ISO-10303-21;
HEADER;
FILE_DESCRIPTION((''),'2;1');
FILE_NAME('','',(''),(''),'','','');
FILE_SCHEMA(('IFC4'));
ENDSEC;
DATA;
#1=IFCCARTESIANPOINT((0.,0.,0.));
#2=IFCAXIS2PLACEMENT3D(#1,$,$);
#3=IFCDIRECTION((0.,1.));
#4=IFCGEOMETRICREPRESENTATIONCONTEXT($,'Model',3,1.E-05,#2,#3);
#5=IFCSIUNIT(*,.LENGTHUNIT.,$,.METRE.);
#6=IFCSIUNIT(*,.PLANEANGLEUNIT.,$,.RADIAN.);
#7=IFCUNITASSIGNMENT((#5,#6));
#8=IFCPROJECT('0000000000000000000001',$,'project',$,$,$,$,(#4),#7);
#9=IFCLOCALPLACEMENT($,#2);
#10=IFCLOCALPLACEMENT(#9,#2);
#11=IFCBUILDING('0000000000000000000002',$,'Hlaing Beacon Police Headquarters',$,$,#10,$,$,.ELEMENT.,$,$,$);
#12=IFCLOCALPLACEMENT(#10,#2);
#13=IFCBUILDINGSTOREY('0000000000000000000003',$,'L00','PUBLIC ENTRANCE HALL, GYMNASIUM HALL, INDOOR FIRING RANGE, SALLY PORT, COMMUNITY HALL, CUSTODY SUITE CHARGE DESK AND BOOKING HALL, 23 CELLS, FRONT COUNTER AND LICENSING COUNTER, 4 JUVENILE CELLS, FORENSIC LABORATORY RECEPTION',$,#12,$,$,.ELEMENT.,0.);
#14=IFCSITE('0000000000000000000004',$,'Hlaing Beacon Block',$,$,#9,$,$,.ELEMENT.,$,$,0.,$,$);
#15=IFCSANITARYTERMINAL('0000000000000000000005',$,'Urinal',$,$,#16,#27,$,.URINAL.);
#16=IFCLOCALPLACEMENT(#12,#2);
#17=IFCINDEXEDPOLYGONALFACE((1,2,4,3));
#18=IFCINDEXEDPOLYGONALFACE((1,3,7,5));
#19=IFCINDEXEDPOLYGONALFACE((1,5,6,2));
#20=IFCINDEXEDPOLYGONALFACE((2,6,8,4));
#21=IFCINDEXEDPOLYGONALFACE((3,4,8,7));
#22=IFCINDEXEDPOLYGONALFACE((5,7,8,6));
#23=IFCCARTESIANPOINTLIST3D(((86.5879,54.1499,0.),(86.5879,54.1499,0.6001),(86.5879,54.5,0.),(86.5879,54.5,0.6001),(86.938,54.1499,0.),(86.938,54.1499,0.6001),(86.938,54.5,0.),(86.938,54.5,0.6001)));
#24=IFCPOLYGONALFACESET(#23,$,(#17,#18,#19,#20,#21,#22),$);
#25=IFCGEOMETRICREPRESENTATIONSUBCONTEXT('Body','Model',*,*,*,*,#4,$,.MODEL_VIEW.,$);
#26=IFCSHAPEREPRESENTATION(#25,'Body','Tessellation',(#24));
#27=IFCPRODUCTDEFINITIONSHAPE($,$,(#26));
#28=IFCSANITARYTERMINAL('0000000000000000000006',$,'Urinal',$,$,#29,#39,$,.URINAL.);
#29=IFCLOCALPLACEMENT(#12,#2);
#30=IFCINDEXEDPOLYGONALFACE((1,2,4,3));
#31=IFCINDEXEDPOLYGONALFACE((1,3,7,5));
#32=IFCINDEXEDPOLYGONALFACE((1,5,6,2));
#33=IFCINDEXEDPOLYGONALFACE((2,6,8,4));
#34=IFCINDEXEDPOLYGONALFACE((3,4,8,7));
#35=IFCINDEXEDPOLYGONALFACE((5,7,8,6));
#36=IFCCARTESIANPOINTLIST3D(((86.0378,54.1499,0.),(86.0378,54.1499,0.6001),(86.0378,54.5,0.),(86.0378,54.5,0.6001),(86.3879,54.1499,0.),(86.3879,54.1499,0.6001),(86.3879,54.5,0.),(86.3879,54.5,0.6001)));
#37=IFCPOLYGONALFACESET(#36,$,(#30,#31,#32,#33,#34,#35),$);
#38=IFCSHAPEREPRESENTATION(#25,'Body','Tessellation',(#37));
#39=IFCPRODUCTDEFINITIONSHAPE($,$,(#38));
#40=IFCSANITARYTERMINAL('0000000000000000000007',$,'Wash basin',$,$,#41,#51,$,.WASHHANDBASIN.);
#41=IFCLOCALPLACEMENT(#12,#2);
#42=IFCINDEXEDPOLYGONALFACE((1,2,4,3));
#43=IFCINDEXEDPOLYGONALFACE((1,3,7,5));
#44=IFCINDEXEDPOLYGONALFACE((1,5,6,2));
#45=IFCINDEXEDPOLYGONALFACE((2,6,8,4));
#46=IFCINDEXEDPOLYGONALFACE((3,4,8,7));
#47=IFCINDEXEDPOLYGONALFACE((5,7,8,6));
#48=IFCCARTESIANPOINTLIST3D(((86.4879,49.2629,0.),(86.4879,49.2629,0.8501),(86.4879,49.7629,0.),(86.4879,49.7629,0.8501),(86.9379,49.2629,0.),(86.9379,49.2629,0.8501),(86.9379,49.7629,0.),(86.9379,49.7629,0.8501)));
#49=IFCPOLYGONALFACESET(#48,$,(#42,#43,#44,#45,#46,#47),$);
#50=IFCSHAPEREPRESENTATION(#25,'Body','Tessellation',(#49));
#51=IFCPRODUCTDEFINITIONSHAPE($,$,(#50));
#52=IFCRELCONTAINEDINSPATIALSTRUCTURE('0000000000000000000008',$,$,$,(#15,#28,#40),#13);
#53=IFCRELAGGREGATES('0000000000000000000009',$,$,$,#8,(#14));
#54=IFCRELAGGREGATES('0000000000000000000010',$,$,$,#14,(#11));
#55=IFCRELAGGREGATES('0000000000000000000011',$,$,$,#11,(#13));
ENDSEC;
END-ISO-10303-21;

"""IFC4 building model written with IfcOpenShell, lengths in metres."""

from ifc_helpers import new_model, si_unit, direction, frame, origin, origin_2d, place, context, subcontext, project, spatial, rectangle, extrude, element, save


model = new_model("IFC4")

# Units and contexts
model_context = context("Model", 3, precision=1e-05, world=origin(), true_north=direction((0.0, 1.0)))
body_context = subcontext(model_context, "Body", "Model", "MODEL_VIEW")
ifc_project = project(units=[si_unit("LENGTHUNIT", "METRE"), si_unit("PLANEANGLEUNIT", "RADIAN")], contexts=[model_context])

# Site, building, storey
site_placement = place(None, origin())
site = spatial("IfcSite", under=ifc_project, at=site_placement, Name="Hlaing Beacon Block", CompositionType="ELEMENT", RefElevation=0.0)
building_placement = place(site_placement, origin())
building = spatial("IfcBuilding", under=site, at=building_placement, Name="Hlaing Beacon Police Headquarters", CompositionType="ELEMENT")
storey_placement = place(building_placement, origin())
storey = spatial("IfcBuildingStorey", under=building, at=storey_placement, Name="L00", Description="PUBLIC ENTRANCE HALL, GYMNASIUM HALL, INDOOR FIRING RANGE, SALLY PORT, COMMUNITY HALL, CUSTODY SUITE CHARGE DESK AND BOOKING HALL, 23 CELLS, FRONT COUNTER AND LICENSING COUNTER, 4 JUVENILE CELLS, FORENSIC LABORATORY RECEPTION", CompositionType="ELEMENT", Elevation=0.0)

# Sanitary terminals
for number, where, z_axis, x_axis, name in (
    (1, (86.7629, 54.325, 0.0), (0.0, 0.0, 1.0), (1.0, 0.0, 0.0), "Urinal"),
    (2, (86.2129, 54.325, 0.0), (0.0, 0.0, 1.0), (1.0, 0.0, 0.0), "Urinal"),
):
    element("IfcSanitaryTerminal", number, at=place(storey_placement, frame(where, z_axis=z_axis, x_axis=x_axis)), inside=storey, Name=name, PredefinedType="URINAL", context=body_context, shape_type="SweptSolid", body=[
        extrude(rectangle(XDim=0.3501, YDim=0.3501, at=origin_2d()), origin(), (0.0, 0.0, 1.0), 0.6001),
    ])
sanitary_terminal_1_placement = place(storey_placement, frame((86.7129, 49.5129, 0.0), z_axis=(0.0, 0.0, 1.0), x_axis=(1.0, 0.0, 0.0)))
element("IfcSanitaryTerminal", 3, at=sanitary_terminal_1_placement, inside=storey, Name="Wash basin", PredefinedType="WASHHANDBASIN", context=body_context, shape_type="SweptSolid", body=[
    extrude(rectangle(XDim=0.45, YDim=0.5, at=origin_2d()), origin(), (0.0, 0.0, 1.0), 0.8501),
])

save(model, "model.ifc")
